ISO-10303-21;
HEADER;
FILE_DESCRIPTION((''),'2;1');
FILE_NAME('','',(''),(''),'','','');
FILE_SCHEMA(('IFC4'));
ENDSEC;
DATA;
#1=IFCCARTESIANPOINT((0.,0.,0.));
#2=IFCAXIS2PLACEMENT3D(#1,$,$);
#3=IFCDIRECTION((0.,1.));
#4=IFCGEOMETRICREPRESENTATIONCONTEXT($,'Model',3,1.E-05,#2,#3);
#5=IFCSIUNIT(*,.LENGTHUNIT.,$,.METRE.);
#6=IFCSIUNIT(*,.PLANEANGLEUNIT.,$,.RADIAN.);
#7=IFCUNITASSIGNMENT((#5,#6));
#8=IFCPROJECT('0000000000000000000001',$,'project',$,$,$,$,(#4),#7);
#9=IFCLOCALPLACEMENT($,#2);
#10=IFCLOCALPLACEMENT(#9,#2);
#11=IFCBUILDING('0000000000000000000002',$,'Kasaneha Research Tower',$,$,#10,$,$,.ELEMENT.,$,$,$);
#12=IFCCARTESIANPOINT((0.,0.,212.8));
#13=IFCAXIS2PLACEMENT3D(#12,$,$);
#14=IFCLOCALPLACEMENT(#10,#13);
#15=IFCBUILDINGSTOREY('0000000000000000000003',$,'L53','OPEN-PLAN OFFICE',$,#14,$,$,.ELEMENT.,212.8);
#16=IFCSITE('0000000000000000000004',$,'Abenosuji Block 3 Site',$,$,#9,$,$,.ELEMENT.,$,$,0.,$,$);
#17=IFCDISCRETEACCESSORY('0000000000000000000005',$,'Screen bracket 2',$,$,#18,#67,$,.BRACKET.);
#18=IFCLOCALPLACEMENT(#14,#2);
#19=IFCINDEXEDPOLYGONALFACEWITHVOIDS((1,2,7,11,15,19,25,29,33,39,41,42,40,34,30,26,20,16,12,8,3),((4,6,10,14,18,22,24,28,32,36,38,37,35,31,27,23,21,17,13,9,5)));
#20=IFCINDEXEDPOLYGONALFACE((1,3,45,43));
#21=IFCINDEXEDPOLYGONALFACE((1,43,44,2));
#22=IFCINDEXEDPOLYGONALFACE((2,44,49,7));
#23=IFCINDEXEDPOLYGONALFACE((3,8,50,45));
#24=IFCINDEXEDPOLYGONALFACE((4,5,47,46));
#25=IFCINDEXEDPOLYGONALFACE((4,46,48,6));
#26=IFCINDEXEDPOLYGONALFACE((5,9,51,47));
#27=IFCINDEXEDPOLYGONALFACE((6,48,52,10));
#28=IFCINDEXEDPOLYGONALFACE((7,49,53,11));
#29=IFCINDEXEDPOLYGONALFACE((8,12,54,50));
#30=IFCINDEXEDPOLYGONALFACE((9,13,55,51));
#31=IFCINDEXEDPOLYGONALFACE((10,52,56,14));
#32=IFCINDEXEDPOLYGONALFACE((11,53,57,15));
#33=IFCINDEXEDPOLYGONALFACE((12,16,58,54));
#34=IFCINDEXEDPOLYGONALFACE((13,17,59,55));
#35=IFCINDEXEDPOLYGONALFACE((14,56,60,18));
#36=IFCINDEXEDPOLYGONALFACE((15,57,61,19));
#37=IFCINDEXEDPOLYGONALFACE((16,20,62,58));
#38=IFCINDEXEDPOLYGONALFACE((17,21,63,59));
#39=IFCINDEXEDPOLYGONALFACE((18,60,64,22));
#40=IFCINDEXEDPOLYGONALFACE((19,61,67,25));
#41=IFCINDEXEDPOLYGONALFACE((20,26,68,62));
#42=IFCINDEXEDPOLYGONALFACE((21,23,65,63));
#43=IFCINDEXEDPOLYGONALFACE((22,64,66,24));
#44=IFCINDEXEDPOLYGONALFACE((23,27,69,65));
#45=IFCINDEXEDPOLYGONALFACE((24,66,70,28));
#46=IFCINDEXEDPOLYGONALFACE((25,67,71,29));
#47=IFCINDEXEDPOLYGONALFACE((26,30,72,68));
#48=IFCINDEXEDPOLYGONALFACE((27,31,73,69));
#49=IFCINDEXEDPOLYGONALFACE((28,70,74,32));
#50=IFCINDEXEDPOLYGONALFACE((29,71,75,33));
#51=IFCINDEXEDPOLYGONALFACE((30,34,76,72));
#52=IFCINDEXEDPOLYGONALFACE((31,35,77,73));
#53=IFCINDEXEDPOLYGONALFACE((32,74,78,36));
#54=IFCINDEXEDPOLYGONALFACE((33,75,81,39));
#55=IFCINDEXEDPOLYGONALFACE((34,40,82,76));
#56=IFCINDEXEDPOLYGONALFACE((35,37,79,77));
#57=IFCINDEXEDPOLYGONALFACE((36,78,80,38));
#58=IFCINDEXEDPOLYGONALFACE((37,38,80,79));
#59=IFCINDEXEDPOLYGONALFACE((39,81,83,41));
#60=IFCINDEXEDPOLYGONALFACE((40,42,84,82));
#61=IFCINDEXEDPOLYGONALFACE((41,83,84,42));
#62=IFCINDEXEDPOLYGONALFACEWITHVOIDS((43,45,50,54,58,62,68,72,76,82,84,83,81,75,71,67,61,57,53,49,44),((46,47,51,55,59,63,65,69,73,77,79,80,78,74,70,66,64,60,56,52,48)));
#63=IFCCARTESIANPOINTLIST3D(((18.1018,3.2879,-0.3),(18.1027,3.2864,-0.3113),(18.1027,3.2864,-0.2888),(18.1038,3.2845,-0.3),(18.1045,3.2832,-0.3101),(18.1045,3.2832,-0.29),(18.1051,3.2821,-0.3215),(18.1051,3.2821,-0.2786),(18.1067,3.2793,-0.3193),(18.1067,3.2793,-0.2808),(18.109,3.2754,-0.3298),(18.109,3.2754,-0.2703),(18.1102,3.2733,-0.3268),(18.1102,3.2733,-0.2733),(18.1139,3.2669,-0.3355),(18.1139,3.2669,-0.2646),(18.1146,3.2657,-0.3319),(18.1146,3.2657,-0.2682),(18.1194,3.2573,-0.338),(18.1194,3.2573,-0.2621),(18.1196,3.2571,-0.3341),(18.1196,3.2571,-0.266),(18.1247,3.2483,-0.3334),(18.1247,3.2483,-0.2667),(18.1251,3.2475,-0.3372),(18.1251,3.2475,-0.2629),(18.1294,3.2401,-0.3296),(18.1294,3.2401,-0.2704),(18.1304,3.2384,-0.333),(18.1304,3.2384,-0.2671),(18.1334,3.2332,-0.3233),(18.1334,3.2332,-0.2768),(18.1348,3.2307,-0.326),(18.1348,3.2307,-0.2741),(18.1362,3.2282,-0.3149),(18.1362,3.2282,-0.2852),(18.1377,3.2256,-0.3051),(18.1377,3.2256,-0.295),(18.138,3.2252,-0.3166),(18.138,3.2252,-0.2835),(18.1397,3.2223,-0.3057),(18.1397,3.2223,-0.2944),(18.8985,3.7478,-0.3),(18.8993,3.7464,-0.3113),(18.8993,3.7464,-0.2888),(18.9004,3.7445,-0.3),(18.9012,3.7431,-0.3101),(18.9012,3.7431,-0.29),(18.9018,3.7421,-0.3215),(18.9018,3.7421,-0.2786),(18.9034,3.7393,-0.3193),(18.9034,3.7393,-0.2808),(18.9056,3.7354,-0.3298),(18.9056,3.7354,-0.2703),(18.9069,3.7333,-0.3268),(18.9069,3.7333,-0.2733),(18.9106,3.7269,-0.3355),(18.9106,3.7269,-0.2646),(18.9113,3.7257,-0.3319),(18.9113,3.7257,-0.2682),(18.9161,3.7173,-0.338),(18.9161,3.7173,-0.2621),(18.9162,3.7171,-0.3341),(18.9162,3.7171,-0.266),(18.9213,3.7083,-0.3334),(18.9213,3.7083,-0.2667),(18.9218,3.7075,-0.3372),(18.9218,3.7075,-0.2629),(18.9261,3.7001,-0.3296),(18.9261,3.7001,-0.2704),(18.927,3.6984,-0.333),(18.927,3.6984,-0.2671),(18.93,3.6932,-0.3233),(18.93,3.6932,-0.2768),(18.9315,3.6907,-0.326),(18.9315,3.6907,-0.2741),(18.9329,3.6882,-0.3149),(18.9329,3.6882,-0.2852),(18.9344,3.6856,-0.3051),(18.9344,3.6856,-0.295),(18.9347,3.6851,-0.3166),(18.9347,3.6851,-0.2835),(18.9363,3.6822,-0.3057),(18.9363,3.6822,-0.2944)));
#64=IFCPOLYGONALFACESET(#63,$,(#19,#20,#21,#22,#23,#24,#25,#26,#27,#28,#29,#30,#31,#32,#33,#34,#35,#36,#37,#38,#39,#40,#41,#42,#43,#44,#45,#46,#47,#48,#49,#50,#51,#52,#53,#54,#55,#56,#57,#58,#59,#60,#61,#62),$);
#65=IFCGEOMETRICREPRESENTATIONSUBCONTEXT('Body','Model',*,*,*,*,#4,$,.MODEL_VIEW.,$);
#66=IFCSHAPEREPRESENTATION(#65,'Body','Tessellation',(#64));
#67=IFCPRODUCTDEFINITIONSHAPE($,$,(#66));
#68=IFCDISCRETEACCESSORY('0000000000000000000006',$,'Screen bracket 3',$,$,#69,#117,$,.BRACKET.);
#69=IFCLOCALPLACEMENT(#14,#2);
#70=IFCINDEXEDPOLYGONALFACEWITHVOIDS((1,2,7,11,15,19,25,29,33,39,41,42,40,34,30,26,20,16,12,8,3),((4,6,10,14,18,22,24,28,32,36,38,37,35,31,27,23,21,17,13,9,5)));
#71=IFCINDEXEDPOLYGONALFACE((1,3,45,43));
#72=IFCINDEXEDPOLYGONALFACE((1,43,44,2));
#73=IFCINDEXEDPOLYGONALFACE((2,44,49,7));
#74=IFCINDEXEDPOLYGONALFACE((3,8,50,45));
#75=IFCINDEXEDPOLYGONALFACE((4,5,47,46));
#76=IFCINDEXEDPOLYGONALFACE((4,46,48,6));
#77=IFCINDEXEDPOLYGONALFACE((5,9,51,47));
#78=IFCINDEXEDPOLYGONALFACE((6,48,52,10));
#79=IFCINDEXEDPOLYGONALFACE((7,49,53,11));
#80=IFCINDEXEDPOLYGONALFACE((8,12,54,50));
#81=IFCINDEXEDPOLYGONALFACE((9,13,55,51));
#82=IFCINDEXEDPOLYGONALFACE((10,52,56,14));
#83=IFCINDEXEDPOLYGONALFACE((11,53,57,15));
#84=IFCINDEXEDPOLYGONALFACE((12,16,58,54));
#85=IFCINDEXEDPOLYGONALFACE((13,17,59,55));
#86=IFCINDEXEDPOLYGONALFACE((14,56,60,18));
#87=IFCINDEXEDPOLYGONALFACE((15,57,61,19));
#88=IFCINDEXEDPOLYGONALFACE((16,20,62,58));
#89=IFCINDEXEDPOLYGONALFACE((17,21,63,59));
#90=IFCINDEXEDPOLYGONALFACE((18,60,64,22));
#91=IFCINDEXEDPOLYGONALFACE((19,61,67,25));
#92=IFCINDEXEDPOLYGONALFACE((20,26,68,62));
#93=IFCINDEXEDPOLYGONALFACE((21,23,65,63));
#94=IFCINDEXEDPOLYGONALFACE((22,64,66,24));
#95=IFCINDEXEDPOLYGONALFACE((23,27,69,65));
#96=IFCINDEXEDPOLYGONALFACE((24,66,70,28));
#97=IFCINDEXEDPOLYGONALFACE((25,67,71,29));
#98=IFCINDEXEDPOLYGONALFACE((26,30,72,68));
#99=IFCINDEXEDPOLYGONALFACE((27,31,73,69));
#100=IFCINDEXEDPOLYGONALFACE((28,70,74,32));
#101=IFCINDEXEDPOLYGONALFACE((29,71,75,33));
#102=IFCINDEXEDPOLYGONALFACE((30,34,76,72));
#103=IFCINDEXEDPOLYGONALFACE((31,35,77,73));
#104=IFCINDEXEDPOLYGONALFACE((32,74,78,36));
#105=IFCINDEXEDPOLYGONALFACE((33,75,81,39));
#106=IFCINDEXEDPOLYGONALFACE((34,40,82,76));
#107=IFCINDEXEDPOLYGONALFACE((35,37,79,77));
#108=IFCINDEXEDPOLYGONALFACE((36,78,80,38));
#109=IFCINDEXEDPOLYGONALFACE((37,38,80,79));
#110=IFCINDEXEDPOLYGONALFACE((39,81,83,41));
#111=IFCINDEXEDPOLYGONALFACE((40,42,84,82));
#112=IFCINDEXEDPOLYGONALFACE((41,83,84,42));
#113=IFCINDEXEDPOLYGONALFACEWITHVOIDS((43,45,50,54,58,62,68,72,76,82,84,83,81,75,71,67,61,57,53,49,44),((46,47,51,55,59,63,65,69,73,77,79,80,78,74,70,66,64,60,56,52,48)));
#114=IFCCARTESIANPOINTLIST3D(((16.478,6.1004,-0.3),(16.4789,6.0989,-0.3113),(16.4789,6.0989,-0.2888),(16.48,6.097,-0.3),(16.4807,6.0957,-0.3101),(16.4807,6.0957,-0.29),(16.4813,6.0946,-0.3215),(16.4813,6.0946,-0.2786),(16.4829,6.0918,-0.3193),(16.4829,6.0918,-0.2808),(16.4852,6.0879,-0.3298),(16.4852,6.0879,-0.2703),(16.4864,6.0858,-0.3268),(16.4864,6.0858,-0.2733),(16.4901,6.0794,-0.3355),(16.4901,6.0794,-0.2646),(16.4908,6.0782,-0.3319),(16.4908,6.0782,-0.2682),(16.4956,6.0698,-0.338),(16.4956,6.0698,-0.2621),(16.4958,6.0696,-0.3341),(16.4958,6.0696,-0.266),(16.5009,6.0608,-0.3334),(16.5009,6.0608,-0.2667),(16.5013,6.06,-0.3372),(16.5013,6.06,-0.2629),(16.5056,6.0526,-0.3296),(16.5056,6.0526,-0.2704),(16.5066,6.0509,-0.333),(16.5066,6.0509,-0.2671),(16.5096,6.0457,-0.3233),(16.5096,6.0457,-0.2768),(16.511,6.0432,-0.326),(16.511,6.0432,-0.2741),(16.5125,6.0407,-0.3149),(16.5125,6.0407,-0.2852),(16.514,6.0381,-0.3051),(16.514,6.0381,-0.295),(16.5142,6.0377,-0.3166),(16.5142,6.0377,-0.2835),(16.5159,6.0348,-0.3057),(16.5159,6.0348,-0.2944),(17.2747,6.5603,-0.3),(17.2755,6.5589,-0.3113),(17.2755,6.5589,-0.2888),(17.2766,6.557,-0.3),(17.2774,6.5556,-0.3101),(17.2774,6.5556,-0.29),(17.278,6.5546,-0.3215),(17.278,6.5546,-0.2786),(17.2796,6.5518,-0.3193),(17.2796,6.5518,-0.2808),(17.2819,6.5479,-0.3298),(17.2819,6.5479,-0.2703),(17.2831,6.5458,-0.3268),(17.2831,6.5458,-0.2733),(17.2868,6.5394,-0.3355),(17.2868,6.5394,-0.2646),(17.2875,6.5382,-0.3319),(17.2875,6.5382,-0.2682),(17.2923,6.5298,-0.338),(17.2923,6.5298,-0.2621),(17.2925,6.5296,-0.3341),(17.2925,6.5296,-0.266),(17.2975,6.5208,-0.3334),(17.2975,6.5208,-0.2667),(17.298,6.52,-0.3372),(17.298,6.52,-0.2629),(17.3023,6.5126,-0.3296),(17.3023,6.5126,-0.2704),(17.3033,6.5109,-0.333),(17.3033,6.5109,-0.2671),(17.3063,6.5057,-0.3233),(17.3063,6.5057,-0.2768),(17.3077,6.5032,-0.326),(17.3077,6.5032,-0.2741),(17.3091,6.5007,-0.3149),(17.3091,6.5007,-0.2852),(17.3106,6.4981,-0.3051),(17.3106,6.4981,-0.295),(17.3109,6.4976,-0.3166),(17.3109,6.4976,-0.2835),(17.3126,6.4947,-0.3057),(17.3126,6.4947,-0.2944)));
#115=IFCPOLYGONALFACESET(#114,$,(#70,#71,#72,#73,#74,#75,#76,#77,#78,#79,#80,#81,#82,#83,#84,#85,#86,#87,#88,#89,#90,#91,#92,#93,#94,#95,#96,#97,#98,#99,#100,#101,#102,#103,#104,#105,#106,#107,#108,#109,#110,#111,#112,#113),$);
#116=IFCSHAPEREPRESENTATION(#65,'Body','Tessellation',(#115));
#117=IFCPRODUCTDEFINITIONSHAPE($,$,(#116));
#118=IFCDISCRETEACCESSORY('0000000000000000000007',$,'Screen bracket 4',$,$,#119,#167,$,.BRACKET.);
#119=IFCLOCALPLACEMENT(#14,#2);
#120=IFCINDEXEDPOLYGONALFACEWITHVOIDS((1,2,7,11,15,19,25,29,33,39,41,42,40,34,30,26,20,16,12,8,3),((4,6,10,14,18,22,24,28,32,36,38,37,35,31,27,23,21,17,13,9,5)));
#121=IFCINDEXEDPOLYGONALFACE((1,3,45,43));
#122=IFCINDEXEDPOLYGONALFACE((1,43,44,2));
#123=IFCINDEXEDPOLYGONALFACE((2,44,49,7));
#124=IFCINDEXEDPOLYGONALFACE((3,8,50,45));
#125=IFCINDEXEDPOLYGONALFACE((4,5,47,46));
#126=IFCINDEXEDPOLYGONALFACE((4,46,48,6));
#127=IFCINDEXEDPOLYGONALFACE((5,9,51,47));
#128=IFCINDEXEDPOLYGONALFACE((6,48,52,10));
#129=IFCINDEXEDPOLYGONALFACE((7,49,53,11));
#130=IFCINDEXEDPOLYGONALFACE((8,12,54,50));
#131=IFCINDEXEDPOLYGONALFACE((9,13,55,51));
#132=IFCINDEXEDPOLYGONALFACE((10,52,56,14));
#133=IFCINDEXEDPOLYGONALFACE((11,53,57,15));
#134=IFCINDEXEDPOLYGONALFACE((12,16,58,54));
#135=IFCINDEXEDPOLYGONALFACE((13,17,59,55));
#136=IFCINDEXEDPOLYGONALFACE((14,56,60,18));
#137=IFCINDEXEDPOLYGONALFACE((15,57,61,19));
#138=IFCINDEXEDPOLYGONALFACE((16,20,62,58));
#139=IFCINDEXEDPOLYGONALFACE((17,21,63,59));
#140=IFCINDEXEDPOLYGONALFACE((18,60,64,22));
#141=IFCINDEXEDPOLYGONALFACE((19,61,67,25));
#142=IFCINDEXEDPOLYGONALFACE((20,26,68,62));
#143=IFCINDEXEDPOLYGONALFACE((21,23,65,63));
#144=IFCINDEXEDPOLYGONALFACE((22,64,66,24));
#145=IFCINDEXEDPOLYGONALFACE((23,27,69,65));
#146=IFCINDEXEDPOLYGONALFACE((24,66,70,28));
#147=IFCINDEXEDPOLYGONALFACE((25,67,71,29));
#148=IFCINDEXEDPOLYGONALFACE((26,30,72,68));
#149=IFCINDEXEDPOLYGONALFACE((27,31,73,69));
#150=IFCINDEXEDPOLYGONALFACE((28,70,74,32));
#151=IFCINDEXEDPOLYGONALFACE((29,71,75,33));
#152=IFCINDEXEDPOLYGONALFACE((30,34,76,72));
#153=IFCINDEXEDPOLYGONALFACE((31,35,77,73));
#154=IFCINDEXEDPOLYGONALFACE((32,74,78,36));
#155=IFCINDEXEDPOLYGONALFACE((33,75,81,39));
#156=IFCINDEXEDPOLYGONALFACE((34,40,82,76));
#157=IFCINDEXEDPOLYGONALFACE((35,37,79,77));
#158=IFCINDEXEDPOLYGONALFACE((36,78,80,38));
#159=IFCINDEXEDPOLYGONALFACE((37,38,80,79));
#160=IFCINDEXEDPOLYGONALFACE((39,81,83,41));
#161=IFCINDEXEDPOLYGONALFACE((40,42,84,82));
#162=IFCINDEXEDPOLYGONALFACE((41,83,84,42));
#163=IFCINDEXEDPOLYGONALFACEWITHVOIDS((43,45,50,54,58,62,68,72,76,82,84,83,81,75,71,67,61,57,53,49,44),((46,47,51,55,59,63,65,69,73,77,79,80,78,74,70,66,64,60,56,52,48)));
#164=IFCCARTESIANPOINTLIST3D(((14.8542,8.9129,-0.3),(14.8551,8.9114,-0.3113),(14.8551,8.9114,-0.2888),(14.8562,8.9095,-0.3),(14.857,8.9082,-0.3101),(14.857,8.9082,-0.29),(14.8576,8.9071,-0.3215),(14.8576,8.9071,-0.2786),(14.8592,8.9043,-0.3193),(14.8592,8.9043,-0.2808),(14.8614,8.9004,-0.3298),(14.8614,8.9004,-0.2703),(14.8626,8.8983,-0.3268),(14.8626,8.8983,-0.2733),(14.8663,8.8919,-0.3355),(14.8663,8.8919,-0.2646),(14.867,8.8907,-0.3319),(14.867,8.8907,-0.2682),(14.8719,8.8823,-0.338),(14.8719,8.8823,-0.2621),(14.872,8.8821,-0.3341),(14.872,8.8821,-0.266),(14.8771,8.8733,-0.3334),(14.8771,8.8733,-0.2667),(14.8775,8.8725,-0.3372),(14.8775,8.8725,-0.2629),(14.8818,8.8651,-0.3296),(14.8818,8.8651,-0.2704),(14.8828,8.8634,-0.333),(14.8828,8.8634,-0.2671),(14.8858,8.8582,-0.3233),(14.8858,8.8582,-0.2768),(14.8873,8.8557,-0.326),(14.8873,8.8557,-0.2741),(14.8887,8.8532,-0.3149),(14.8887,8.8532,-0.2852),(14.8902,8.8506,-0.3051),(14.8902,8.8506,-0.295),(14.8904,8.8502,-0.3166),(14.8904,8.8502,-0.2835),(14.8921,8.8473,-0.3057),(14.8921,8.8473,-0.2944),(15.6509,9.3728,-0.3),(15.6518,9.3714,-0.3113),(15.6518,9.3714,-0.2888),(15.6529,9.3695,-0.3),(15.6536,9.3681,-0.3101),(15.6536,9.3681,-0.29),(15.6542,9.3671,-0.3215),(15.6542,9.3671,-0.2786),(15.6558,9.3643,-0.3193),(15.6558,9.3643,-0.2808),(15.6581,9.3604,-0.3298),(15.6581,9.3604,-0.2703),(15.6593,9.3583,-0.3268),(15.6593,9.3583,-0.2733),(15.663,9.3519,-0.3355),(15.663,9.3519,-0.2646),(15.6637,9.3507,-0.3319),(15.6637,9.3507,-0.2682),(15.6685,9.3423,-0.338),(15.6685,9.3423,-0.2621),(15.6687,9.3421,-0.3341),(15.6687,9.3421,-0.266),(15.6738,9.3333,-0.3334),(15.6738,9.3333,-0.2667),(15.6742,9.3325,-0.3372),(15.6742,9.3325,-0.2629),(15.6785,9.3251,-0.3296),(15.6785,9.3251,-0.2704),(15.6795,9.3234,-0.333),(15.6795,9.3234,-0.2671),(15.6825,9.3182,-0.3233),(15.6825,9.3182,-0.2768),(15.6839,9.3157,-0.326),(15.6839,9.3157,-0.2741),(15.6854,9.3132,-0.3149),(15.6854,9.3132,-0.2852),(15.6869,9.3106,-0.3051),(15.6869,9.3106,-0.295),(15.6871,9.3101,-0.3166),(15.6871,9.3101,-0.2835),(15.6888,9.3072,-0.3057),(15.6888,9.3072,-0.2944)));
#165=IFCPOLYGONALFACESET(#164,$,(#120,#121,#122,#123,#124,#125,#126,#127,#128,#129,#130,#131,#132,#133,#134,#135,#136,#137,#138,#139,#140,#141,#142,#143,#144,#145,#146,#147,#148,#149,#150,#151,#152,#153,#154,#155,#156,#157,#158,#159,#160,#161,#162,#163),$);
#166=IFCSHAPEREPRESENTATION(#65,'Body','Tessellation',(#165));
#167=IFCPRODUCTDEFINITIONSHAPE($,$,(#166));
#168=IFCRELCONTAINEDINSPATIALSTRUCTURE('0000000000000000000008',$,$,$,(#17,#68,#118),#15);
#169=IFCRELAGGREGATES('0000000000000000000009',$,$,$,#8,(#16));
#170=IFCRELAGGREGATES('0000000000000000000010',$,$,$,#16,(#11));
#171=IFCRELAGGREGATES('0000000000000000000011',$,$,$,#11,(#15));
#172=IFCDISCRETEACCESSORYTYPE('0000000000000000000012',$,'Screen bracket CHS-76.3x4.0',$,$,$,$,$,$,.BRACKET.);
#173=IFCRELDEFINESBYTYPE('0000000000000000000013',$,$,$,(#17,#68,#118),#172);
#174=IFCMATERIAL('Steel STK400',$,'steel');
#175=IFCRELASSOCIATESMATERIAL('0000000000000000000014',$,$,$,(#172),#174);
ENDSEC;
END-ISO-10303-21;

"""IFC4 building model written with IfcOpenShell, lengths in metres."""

from ifc_helpers import new_model, si_unit, direction, frame, origin, origin_2d, place, context, subcontext, project, spatial, hollow_circle, extrude, material, material_profile, profile_set, type_object, element, save


model = new_model("IFC4")

# Units and contexts
model_context = context("Model", 3, precision=1e-05, world=origin(), true_north=direction((0.0, 1.0)))
body_context = subcontext(model_context, "Body", "Model", "MODEL_VIEW")
ifc_project = project(units=[si_unit("LENGTHUNIT", "METRE"), si_unit("PLANEANGLEUNIT", "RADIAN")], contexts=[model_context])

# Site, building, storey
site_placement = place(None, origin())
site = spatial("IfcSite", under=ifc_project, at=site_placement, Name="Abenosuji Block 3 Site", CompositionType="ELEMENT", RefElevation=0.0)
building_placement = place(site_placement, origin())
building = spatial("IfcBuilding", under=site, at=building_placement, Name="Kasaneha Research Tower", CompositionType="ELEMENT")
storey_placement = place(building_placement, frame((0.0, 0.0, 212.8)))
storey = spatial("IfcBuildingStorey", under=building, at=storey_placement, Name="L53", Description="OPEN-PLAN OFFICE", CompositionType="ELEMENT", Elevation=212.8)

# Discrete accessories
ifc_material_1 = material(Name="Steel STK400", Category="steel")
ifc_material_profile_1 = material_profile(ifc_material_1, hollow_circle(Radius=0.0381, WallThickness=0.0039, at=origin_2d()), Name="CHS-76.3x4.0")
ifc_profile_set_1 = profile_set([ifc_material_profile_1], Name="Steel STK400")
discrete_accessory_type = type_object("IfcDiscreteAccessoryType", Name="Screen bracket CHS-76.3x4.0", PredefinedType="BRACKET", material=ifc_profile_set_1)
for number, where, z_axis, x_axis, name in (
    (1, (18.1208, 3.2549, -0.3), (0.866013, 0.500021, 0.0), (-0.500021, 0.866013, 0.0), "Screen bracket 2"),
    (2, (16.4971, 6.0674, -0.3), (0.866013, 0.500021, 0.0), (-0.500021, 0.866013, 0.0), "Screen bracket 3"),
    (3, (14.8733, 8.8799, -0.3), (0.866013, 0.500021, 0.0), (-0.500021, 0.866013, 0.0), "Screen bracket 4"),
):
    element("IfcDiscreteAccessory", number, at=place(storey_placement, frame(where, z_axis=z_axis, x_axis=x_axis)), inside=storey, type_object=discrete_accessory_type, Name=name, PredefinedType="BRACKET", context=body_context, shape_type="SweptSolid", body=[
        extrude(hollow_circle(Radius=0.0381, WallThickness=0.0039, at=origin_2d()), origin(), (0.0, 0.0, 1.0), 0.9199),
    ])

save(model, "model.ifc")
